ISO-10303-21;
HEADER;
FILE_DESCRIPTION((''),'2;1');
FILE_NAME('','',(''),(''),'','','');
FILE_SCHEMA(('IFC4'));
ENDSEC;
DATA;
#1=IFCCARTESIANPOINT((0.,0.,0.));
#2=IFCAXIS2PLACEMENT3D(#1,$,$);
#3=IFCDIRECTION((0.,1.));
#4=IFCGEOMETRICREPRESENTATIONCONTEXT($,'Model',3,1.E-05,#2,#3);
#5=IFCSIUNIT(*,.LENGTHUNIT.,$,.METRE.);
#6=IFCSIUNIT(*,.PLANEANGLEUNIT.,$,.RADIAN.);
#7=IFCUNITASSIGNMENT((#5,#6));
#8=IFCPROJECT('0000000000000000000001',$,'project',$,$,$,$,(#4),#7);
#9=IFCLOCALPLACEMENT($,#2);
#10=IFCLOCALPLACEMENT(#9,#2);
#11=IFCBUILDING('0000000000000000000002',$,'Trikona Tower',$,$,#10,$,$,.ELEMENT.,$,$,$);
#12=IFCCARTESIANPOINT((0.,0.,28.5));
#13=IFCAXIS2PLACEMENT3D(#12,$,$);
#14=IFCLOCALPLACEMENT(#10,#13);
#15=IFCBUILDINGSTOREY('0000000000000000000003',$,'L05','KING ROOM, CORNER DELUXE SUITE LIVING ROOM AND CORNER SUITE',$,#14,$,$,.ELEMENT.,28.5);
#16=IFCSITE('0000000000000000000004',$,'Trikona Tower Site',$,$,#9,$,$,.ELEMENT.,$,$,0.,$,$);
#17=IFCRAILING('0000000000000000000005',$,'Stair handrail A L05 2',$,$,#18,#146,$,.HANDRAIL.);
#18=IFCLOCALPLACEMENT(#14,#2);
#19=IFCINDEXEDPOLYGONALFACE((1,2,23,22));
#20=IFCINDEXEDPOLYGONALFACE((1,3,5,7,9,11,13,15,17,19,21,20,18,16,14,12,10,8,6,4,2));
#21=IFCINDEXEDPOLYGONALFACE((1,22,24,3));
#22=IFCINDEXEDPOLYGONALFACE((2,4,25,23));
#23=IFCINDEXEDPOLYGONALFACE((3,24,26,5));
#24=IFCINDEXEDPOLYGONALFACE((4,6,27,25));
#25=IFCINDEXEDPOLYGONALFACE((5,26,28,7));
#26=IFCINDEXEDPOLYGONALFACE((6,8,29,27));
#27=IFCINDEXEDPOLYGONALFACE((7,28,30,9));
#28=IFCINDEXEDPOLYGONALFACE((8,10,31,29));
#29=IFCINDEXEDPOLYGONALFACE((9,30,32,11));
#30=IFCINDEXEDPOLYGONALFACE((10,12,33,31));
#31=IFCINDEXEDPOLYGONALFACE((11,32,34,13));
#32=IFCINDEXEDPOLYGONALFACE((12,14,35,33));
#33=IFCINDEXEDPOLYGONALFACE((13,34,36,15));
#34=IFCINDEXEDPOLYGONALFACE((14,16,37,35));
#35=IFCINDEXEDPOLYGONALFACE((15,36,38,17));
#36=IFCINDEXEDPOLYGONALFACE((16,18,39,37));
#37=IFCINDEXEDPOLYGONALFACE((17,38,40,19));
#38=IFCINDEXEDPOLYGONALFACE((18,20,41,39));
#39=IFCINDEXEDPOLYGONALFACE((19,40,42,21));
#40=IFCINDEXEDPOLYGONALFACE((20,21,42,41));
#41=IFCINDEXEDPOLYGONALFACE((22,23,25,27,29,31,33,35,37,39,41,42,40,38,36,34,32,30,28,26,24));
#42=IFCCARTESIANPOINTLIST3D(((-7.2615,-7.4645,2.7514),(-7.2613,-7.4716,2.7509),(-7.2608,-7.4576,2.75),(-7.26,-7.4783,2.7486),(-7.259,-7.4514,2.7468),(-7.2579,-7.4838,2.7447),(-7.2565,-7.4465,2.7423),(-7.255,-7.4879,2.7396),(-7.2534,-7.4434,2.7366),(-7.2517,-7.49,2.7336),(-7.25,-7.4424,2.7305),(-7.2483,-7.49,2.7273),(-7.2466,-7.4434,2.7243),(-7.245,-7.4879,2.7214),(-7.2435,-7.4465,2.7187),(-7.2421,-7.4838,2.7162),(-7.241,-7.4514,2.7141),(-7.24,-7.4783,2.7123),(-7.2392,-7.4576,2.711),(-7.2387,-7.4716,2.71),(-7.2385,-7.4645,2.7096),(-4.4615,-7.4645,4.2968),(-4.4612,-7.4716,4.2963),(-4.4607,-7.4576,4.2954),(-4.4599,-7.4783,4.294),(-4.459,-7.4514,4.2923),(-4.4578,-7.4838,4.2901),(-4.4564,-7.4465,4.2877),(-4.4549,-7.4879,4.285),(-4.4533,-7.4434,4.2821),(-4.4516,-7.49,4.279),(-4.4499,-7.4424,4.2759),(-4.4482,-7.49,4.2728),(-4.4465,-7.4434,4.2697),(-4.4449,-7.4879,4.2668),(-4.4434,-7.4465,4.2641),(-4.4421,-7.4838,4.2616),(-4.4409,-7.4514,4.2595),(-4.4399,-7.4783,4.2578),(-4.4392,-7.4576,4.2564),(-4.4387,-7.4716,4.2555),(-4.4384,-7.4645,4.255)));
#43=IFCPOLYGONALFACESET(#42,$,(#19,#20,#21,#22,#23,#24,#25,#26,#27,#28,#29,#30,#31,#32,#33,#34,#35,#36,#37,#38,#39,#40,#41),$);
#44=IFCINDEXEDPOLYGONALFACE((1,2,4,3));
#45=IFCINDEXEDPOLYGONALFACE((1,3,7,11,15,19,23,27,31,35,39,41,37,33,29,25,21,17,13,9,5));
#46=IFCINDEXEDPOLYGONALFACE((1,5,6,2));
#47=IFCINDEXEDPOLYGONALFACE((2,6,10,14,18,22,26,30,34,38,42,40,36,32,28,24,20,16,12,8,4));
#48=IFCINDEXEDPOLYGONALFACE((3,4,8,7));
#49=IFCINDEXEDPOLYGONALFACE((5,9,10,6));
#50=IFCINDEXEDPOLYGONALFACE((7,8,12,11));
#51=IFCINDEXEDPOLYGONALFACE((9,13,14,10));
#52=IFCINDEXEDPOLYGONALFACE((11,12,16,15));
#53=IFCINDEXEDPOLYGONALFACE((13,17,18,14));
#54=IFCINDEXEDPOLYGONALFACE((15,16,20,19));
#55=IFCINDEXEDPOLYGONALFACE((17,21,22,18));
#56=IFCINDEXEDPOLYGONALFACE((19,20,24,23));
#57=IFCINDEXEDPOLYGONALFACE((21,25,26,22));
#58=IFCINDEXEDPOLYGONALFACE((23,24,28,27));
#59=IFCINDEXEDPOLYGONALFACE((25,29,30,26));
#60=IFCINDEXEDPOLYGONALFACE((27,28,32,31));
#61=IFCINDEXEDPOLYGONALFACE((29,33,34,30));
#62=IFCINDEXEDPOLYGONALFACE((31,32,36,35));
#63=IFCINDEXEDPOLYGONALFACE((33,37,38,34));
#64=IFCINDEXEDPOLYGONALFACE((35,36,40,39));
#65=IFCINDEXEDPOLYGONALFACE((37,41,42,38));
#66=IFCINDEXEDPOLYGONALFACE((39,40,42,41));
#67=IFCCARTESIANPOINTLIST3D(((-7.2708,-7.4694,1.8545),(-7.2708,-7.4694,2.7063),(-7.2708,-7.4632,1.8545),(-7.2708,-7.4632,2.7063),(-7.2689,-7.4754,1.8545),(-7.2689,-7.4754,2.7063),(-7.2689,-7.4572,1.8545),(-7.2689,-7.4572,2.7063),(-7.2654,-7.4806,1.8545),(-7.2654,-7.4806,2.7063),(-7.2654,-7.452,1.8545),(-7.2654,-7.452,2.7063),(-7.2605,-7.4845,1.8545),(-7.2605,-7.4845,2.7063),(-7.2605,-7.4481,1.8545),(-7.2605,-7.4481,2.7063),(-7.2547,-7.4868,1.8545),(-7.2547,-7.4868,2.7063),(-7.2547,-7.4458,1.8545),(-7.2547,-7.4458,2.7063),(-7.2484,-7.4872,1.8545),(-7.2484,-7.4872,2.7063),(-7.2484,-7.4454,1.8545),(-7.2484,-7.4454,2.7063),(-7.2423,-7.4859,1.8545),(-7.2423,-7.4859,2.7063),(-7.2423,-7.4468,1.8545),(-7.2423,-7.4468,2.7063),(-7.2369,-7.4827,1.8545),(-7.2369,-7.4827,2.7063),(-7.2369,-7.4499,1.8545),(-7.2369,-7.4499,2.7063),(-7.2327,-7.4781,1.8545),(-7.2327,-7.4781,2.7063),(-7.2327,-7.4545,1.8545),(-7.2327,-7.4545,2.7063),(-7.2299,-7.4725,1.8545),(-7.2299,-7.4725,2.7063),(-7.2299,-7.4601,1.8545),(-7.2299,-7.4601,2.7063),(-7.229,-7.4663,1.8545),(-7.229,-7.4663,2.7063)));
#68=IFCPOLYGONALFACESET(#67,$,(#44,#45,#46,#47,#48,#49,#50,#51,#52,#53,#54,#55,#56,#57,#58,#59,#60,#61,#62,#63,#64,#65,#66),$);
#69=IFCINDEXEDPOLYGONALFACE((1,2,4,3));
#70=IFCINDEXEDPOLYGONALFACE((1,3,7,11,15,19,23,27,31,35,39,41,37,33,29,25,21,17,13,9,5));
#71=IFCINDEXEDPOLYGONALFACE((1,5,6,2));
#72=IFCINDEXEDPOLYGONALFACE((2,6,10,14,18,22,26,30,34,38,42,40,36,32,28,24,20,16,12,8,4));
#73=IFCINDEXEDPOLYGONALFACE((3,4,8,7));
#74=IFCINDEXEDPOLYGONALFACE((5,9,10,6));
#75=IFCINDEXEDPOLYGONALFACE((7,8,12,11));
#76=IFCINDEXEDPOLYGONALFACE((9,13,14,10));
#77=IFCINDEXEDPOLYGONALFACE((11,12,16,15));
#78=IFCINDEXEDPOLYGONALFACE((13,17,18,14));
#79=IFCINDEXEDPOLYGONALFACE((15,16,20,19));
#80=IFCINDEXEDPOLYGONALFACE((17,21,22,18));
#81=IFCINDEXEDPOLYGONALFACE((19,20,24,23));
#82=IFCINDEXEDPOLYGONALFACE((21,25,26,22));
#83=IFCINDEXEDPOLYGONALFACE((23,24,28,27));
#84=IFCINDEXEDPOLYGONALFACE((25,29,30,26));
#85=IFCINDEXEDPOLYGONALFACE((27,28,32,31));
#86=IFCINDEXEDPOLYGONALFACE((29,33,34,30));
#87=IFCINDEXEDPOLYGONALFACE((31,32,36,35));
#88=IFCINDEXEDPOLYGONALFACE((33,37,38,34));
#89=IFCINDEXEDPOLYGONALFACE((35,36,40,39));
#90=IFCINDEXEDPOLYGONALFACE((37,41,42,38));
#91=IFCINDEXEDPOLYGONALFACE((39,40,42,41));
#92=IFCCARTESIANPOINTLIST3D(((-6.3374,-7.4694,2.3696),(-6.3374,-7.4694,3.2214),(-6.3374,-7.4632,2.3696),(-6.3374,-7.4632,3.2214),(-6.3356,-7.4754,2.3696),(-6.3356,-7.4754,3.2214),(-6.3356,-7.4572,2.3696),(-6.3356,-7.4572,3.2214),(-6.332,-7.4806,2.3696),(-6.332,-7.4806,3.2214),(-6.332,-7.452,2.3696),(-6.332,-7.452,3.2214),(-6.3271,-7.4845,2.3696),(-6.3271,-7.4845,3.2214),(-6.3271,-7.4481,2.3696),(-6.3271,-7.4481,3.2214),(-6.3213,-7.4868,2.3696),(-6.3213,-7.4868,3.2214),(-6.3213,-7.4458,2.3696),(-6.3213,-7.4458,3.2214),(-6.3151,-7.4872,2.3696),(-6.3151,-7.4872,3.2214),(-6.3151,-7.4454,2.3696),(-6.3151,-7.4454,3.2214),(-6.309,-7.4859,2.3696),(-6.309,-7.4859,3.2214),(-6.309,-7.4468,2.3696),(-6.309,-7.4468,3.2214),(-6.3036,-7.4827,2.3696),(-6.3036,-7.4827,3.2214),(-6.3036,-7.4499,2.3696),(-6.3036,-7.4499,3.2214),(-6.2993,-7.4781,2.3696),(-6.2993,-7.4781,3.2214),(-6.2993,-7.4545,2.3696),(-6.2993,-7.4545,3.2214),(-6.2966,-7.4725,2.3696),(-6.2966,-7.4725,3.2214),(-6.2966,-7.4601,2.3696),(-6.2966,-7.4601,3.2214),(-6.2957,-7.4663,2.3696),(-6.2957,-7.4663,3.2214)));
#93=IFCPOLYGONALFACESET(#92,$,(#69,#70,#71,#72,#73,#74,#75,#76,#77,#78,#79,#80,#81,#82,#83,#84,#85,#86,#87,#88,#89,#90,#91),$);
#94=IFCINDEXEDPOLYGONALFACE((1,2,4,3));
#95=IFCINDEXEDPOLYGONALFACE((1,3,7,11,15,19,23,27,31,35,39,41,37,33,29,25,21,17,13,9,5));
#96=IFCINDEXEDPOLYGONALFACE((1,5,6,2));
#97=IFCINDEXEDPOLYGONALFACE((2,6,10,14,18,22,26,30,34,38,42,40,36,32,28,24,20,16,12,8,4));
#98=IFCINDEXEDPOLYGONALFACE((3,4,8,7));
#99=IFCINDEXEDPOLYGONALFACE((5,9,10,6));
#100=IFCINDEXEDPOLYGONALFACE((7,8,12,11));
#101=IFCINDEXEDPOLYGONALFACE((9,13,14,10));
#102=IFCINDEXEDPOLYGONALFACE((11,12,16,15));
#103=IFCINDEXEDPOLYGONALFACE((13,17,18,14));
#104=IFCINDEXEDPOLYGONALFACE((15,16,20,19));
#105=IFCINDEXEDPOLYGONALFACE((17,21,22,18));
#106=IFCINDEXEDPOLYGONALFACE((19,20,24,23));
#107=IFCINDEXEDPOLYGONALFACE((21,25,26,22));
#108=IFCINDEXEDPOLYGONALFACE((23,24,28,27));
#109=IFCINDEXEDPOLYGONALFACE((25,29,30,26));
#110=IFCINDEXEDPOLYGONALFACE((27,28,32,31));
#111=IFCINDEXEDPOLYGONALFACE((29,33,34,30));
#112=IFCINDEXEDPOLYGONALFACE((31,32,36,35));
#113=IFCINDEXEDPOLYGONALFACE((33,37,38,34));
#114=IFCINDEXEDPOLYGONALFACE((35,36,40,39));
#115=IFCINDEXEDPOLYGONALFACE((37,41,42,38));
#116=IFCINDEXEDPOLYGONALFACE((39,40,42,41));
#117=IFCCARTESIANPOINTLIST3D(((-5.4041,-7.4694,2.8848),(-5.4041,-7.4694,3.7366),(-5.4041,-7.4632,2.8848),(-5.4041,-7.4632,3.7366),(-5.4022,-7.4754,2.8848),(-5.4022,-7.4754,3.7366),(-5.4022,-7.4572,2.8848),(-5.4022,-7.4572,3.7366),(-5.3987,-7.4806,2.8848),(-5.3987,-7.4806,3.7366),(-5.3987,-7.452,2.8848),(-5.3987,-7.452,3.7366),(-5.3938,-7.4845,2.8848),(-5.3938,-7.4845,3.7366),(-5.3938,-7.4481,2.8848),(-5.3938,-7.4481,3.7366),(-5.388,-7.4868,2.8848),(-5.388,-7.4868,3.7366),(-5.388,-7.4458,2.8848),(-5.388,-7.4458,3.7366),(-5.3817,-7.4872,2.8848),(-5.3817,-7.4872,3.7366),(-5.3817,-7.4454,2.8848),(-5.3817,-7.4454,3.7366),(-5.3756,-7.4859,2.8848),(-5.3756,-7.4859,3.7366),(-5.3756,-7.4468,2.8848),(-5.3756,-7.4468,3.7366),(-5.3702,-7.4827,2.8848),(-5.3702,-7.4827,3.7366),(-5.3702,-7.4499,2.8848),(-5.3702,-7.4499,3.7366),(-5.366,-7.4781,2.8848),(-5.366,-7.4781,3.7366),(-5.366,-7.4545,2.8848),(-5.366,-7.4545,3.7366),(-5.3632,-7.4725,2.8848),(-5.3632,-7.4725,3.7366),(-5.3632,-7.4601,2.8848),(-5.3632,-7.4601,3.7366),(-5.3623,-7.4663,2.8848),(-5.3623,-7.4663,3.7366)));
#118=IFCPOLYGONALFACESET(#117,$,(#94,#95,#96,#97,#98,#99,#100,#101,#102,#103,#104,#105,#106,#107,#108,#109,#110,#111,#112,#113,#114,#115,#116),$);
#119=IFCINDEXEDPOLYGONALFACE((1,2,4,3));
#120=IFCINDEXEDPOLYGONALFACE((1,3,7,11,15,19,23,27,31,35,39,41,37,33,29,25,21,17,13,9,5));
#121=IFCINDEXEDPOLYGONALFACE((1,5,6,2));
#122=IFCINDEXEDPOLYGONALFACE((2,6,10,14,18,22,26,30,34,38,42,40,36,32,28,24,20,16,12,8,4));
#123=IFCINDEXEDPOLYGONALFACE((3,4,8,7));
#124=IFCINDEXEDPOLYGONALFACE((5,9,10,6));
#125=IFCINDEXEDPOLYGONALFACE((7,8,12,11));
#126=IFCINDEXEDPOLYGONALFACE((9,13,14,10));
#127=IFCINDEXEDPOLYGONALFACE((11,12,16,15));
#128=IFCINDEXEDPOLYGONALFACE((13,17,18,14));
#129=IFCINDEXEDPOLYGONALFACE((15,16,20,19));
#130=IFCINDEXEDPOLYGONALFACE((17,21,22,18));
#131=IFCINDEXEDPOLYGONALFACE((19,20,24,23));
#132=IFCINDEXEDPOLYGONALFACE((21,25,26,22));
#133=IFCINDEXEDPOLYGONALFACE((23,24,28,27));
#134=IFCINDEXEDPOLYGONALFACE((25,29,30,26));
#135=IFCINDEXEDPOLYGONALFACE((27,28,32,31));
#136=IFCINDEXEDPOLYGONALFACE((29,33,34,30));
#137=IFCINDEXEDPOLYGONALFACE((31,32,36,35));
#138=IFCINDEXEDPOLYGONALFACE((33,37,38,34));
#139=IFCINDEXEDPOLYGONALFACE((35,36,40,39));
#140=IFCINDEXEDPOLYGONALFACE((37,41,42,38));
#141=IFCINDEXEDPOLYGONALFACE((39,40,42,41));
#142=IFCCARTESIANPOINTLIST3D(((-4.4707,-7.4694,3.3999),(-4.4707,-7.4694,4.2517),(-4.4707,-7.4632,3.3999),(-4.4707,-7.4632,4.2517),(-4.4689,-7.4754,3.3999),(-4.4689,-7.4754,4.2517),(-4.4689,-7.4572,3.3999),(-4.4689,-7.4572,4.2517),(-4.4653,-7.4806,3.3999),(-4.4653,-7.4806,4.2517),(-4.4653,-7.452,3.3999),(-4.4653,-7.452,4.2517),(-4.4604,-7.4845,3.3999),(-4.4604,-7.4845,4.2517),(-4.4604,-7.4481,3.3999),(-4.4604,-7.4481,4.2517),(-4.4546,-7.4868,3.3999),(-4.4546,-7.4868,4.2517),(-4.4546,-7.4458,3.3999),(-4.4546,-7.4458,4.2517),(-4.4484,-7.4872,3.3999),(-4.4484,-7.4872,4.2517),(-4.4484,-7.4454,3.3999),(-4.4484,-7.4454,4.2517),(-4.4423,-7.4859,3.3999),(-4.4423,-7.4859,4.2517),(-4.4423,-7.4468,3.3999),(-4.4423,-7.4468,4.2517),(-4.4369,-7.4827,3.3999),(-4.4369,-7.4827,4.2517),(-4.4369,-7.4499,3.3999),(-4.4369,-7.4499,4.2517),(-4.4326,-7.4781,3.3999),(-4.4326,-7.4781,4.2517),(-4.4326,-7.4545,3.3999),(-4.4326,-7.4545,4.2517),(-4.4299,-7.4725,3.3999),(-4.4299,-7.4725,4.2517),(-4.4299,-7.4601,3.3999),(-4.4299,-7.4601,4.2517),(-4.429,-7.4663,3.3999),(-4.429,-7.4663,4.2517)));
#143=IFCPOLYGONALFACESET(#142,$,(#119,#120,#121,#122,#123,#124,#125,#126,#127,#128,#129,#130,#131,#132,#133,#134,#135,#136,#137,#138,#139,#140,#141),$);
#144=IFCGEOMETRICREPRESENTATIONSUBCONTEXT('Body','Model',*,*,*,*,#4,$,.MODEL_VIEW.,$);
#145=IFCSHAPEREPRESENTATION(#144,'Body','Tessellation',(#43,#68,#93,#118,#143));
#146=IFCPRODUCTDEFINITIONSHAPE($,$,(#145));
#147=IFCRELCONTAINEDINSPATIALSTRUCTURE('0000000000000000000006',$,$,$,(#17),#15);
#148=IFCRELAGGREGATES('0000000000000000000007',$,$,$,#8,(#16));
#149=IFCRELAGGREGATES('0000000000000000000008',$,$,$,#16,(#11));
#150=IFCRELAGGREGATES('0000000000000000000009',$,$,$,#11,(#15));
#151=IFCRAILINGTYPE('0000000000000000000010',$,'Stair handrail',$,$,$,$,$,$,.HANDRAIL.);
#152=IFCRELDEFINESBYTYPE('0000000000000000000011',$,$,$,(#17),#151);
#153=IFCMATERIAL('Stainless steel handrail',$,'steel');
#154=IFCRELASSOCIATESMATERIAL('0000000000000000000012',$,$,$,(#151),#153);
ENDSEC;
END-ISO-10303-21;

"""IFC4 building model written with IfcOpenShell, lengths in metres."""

from ifc_helpers import new_model, si_unit, direction, frame, origin, origin_2d, place, context, subcontext, project, spatial, circle, extrude, material, type_object, element, save


model = new_model("IFC4")

# Units and contexts
model_context = context("Model", 3, precision=1e-05, world=origin(), true_north=direction((0.0, 1.0)))
body_context = subcontext(model_context, "Body", "Model", "MODEL_VIEW")
ifc_project = project(units=[si_unit("LENGTHUNIT", "METRE"), si_unit("PLANEANGLEUNIT", "RADIAN")], contexts=[model_context])

# Site, building, storey
site_placement = place(None, origin())
site = spatial("IfcSite", under=ifc_project, at=site_placement, Name="Trikona Tower Site", CompositionType="ELEMENT", RefElevation=0.0)
building_placement = place(site_placement, origin())
building = spatial("IfcBuilding", under=site, at=building_placement, Name="Trikona Tower", CompositionType="ELEMENT")
storey_placement = place(building_placement, frame((0.0, 0.0, 28.5)))
storey = spatial("IfcBuildingStorey", under=building, at=storey_placement, Name="L05", Description="KING ROOM, CORNER DELUXE SUITE LIVING ROOM AND CORNER SUITE", CompositionType="ELEMENT", Elevation=28.5)

# Railing
ifc_material_1 = material(Name="Stainless steel handrail", Category="steel")
railing_type = type_object("IfcRailingType", Name="Stair handrail", PredefinedType="HANDRAIL", material=ifc_material_1)
railing_1_placement = place(storey_placement, frame((-7.25, -7.4663, 1.8545)))
element("IfcRailing", 1, at=railing_1_placement, inside=storey, type_object=railing_type, Name="Stair handrail A L05 2", PredefinedType="HANDRAIL", context=body_context, shape_type="SweptSolid", body=[
    extrude(circle(Radius=0.0239, at=origin_2d()), frame((0.0, 0.0, 0.876), z_axis=(0.875504, 0.0, 0.483211), x_axis=(0.0, 1.0, 0.0)), (0.0, 0.0, 1.0), 3.1982),
    extrude(circle(Radius=0.021, at=origin_2d()), origin(), (0.0, 0.0, 1.0), 0.8518),
    extrude(circle(Radius=0.021, at=origin_2d()), frame((0.9333, 0.0, 0.5151)), (0.0, 0.0, 1.0), 0.8518),
    extrude(circle(Radius=0.021, at=origin_2d()), frame((1.8667, 0.0, 1.0303)), (0.0, 0.0, 1.0), 0.8518),
    extrude(circle(Radius=0.021, at=origin_2d()), frame((2.8, 0.0, 1.5454)), (0.0, 0.0, 1.0), 0.8518),
])

save(model, "model.ifc")
